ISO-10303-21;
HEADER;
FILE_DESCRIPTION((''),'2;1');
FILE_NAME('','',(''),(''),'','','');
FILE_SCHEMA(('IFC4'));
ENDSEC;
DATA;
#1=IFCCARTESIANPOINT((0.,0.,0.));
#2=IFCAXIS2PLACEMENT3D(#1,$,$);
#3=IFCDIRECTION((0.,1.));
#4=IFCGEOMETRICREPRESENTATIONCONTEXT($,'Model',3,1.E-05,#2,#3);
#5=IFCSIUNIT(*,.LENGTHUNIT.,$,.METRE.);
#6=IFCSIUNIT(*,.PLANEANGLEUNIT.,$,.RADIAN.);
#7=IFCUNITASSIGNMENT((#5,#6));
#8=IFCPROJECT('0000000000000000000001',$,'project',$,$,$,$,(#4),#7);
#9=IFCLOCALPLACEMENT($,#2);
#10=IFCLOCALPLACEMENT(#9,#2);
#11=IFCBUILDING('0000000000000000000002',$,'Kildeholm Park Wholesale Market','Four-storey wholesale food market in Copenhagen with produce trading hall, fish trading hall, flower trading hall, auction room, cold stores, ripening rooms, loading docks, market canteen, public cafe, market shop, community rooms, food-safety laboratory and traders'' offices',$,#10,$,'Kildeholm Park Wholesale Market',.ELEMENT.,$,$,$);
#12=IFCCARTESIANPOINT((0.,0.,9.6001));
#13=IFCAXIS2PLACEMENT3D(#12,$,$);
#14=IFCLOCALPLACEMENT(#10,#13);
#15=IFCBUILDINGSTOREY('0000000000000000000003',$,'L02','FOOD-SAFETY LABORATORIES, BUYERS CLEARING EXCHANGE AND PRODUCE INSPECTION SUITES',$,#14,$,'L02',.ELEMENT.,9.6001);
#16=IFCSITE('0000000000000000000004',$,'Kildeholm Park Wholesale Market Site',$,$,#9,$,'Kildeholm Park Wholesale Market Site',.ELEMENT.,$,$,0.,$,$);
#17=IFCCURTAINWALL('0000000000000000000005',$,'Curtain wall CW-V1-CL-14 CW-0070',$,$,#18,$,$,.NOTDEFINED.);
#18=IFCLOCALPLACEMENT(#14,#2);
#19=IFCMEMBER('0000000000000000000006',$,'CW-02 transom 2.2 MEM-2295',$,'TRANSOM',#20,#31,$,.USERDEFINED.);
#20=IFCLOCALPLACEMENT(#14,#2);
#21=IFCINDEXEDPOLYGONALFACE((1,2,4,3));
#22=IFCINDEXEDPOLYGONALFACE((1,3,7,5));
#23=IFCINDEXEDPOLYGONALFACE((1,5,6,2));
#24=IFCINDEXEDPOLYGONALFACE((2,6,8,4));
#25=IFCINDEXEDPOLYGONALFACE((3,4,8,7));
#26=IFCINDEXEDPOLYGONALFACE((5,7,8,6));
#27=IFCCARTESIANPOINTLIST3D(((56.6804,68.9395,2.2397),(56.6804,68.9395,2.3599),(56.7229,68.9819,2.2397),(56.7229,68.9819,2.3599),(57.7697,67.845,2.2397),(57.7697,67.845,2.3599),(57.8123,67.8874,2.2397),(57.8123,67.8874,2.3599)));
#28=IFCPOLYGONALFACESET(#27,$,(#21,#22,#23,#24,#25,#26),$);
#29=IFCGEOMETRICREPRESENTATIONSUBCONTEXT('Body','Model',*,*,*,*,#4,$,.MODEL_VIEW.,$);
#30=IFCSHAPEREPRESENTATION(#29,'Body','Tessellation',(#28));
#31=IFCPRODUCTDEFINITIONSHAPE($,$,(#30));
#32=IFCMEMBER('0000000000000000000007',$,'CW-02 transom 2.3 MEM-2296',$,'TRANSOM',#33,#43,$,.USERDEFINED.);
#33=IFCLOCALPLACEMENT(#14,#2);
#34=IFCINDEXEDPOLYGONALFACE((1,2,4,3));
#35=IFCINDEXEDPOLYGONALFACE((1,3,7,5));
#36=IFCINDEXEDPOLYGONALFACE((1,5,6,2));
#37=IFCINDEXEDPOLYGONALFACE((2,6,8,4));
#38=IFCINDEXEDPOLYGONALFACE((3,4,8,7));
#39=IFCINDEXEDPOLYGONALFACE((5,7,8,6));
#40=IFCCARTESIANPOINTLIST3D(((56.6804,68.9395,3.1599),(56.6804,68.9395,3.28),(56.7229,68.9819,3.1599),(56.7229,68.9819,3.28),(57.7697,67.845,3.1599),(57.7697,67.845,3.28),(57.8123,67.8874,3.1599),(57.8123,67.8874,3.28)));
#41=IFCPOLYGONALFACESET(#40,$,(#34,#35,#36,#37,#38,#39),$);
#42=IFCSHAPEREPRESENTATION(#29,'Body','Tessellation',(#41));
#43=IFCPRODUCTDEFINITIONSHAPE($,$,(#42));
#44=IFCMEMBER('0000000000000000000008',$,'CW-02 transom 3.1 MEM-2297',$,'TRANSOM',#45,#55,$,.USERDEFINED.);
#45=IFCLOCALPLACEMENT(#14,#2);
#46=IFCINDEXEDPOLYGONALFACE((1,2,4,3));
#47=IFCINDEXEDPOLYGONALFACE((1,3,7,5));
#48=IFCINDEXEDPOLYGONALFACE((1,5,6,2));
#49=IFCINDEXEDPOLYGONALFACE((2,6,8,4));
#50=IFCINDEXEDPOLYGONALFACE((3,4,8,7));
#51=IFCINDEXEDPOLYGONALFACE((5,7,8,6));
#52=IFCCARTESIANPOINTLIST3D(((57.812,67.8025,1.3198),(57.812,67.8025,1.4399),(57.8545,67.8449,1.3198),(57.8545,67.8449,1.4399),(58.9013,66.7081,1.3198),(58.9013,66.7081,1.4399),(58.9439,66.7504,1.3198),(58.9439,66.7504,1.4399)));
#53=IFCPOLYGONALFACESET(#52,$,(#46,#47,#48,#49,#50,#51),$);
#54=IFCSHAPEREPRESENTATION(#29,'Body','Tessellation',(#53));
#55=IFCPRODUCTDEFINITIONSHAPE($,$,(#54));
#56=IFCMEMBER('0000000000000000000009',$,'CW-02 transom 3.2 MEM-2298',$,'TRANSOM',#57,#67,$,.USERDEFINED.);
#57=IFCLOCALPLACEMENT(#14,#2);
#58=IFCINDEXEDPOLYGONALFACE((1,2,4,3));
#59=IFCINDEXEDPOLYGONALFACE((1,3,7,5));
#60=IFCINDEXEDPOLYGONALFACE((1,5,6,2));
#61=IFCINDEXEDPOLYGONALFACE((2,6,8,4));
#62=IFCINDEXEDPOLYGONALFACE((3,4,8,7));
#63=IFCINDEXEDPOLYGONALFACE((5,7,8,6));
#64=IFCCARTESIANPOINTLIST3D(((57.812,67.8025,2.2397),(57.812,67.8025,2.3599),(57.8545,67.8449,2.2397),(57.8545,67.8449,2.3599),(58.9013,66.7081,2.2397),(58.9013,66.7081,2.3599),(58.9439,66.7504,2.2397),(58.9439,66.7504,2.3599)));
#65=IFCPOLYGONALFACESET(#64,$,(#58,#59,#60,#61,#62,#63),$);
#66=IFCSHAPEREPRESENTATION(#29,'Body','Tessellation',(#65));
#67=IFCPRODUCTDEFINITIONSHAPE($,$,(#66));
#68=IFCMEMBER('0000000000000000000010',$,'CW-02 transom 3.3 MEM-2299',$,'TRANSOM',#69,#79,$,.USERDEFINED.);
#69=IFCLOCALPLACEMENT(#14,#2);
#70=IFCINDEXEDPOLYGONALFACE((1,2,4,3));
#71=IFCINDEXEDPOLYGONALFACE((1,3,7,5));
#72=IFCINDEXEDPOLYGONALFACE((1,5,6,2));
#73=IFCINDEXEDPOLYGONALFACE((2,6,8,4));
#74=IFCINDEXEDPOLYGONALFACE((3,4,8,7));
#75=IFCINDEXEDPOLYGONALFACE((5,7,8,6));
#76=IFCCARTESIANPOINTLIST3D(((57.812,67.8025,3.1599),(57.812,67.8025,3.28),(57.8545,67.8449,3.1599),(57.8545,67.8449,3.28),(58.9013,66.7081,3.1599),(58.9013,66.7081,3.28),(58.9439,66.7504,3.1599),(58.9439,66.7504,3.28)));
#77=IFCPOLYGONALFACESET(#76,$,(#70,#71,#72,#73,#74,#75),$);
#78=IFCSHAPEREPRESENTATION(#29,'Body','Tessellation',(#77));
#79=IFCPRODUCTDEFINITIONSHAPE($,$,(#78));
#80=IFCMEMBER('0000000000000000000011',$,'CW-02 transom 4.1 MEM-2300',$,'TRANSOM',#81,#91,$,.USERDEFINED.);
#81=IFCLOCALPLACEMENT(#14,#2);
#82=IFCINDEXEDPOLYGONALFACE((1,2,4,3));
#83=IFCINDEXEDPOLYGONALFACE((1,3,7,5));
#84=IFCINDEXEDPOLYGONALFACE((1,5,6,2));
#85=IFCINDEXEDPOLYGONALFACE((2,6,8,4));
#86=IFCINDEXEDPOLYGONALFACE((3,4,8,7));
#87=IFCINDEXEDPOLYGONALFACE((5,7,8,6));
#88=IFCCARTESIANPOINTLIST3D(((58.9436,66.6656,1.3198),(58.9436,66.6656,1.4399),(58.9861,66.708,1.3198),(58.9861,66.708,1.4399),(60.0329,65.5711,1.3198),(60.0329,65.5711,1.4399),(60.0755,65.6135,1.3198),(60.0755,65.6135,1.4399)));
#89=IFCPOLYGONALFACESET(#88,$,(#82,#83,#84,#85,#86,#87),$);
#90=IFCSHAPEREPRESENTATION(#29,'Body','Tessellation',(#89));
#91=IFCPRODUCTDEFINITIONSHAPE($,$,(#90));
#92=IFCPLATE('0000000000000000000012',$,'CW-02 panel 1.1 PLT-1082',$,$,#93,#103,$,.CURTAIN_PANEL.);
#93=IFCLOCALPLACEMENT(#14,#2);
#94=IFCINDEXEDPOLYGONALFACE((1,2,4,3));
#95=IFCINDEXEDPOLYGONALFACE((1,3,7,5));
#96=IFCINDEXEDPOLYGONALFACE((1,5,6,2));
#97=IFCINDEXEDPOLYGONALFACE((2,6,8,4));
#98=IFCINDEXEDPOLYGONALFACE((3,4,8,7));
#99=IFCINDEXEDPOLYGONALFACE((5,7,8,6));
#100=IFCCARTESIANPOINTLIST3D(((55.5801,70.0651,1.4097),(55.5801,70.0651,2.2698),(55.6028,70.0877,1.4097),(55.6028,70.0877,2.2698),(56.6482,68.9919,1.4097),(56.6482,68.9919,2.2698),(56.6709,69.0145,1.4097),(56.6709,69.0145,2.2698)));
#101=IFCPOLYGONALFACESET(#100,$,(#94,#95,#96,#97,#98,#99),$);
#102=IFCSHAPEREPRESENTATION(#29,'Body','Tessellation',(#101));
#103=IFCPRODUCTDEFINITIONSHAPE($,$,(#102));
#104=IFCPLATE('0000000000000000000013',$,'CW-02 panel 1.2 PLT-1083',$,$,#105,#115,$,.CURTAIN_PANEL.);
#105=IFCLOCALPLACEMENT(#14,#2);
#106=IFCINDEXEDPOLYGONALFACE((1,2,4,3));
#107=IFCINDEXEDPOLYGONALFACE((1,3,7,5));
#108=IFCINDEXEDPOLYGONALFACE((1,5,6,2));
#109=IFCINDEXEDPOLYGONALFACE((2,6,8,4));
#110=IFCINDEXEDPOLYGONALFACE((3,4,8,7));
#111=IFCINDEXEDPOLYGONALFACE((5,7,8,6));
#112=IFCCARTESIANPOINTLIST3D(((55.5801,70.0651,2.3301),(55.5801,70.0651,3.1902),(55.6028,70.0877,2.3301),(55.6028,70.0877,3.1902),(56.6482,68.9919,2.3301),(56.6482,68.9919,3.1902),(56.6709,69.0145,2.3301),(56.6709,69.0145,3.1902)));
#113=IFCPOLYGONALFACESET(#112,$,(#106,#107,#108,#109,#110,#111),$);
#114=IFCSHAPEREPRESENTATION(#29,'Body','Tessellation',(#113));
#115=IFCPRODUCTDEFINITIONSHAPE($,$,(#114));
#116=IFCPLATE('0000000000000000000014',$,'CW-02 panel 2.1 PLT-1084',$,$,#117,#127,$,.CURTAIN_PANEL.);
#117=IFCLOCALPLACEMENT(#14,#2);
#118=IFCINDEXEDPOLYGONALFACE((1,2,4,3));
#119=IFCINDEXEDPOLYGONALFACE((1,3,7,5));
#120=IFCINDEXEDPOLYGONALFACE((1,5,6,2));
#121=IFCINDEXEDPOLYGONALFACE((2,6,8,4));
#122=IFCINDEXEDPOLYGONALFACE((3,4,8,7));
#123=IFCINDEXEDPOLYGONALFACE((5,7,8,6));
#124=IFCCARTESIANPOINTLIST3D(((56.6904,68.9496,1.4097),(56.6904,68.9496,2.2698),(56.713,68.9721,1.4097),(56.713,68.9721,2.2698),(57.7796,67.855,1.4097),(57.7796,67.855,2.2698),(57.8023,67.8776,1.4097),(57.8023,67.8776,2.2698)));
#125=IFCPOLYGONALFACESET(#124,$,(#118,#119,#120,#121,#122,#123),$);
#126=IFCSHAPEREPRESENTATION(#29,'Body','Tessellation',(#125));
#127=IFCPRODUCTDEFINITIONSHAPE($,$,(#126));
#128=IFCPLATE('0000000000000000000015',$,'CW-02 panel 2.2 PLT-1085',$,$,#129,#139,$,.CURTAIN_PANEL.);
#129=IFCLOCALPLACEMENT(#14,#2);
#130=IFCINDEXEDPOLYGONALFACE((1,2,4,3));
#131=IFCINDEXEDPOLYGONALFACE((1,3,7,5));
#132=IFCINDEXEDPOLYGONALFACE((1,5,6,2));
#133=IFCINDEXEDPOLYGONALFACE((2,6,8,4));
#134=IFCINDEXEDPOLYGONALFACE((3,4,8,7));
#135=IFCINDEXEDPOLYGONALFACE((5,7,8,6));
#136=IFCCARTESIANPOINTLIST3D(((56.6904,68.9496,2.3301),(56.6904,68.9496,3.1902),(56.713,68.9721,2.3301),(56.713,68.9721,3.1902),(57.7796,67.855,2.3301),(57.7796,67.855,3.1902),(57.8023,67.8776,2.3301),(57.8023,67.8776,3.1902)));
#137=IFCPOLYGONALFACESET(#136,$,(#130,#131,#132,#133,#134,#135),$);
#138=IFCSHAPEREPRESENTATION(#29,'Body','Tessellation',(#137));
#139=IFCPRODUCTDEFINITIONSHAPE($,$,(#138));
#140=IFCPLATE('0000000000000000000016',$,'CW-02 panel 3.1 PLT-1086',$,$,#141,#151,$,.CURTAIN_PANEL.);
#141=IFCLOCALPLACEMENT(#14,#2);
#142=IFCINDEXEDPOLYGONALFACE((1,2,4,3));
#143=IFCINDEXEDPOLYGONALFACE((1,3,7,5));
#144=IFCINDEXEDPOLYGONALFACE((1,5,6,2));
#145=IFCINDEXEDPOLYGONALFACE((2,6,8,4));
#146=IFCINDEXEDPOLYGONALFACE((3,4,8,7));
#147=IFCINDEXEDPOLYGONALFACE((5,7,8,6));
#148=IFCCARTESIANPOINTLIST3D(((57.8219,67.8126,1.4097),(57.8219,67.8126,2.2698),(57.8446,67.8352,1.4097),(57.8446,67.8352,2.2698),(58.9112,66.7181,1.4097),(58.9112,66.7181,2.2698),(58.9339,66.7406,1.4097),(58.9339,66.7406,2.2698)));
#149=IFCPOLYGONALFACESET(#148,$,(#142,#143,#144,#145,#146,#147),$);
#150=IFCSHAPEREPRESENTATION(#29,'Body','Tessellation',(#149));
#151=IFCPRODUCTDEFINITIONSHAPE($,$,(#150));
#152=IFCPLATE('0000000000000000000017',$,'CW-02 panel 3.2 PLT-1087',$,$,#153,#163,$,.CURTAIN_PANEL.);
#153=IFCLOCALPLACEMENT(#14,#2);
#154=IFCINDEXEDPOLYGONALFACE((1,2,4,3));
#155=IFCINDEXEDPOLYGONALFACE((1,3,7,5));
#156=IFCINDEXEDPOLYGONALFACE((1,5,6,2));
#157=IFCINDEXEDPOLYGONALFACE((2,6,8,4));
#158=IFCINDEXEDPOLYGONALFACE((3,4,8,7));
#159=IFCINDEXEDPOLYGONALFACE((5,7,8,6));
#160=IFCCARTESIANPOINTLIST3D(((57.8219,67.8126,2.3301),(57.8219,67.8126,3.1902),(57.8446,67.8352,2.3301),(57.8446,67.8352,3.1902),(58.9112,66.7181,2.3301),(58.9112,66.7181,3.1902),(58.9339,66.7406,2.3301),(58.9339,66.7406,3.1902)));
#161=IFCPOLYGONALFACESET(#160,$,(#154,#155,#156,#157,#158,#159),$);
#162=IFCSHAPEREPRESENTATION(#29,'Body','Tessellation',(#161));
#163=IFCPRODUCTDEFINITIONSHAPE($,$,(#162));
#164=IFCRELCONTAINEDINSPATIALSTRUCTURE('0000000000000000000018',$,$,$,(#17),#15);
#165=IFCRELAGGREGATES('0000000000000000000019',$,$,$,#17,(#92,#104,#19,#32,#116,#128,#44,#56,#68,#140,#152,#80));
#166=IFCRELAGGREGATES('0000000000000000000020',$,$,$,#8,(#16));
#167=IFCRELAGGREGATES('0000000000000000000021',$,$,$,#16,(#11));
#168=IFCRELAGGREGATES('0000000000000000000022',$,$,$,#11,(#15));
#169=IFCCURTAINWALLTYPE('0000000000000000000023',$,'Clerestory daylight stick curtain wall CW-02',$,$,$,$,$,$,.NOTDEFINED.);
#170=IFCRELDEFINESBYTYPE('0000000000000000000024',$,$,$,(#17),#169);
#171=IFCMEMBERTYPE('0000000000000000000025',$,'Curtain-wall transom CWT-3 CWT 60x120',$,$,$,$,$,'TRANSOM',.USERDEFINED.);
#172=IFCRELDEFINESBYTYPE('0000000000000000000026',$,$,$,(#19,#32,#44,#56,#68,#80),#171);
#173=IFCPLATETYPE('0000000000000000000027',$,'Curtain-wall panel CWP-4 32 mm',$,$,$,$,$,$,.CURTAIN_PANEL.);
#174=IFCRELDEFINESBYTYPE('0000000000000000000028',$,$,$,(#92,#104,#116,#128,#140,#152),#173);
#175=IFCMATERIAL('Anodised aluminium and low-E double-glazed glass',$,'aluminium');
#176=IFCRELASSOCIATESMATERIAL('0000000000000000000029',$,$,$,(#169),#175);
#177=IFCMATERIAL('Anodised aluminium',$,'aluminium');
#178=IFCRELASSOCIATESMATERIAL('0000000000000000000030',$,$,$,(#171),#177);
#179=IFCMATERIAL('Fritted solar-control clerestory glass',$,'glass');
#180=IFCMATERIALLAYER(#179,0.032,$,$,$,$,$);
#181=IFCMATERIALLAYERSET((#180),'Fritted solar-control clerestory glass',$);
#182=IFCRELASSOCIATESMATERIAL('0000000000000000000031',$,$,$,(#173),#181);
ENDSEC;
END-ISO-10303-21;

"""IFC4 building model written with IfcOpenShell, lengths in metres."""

from ifc_helpers import new_model, si_unit, direction, frame, origin, origin_2d, place, context, subcontext, project, spatial, rectangle, extrude, material, layer, layer_set, material_profile, profile_set, type_object, element, aggregate, save


model = new_model("IFC4")

# Units and contexts
model_context = context("Model", 3, precision=1e-05, world=origin(), true_north=direction((0.0, 1.0)))
body_context = subcontext(model_context, "Body", "Model", "MODEL_VIEW")
ifc_project = project(units=[si_unit("LENGTHUNIT", "METRE"), si_unit("PLANEANGLEUNIT", "RADIAN")], contexts=[model_context])

# Site, building, storey
site_placement = place(None, origin())
site = spatial("IfcSite", under=ifc_project, at=site_placement, Name="Kildeholm Park Wholesale Market Site", LongName="Kildeholm Park Wholesale Market Site", CompositionType="ELEMENT", RefElevation=0.0)
building_placement = place(site_placement, origin())
building = spatial("IfcBuilding", under=site, at=building_placement, Name="Kildeholm Park Wholesale Market", Description="Four-storey wholesale food market in Copenhagen with produce trading hall, fish trading hall, flower trading hall, auction room, cold stores, ripening rooms, loading docks, market canteen, public cafe, market shop, community rooms, food-safety laboratory and traders' offices", LongName="Kildeholm Park Wholesale Market", CompositionType="ELEMENT")
storey_placement = place(building_placement, frame((0.0, 0.0, 9.6001)))
storey = spatial("IfcBuildingStorey", under=building, at=storey_placement, Name="L02", Description="FOOD-SAFETY LABORATORIES, BUYERS CLEARING EXCHANGE AND PRODUCE INSPECTION SUITES", LongName="L02", CompositionType="ELEMENT", Elevation=9.6001)

# Curtain wall, members, plates
ifc_material_1 = material(Name="Anodised aluminium and low-E double-glazed glass", Category="aluminium")
curtain_wall_type = type_object("IfcCurtainWallType", Name="Clerestory daylight stick curtain wall CW-02", PredefinedType="NOTDEFINED", material=ifc_material_1)
curtain_wall_placement = place(storey_placement, origin())
curtain_wall = element("IfcCurtainWall", 1, at=curtain_wall_placement, inside=storey, type_object=curtain_wall_type, Name="Curtain wall CW-V1-CL-14 CW-0070", PredefinedType="NOTDEFINED")
ifc_material_2 = material(Name="Anodised aluminium", Category="aluminium")
ifc_material_profile_1 = material_profile(ifc_material_2, rectangle(XDim=0.0601, YDim=0.1201, at=origin_2d()), Name="CWT 60x120")
ifc_profile_set_1 = profile_set([ifc_material_profile_1], Name="Anodised aluminium")
member_type_1 = type_object("IfcMemberType", Name="Curtain-wall transom CWT-3 CWT 60x120", ElementType="TRANSOM", PredefinedType="USERDEFINED", material=ifc_profile_set_1)
member_1_placement = place(storey_placement, frame((56.7017, 68.9607, 2.2998), z_axis=(0.705445, -0.708765, 0.0), x_axis=(0.708765, 0.705445, 0.0)))
member_1 = element("IfcMember", 2, at=member_1_placement, type_object=member_type_1, Name="CW-02 transom 2.2 MEM-2295", ObjectType="TRANSOM", PredefinedType="USERDEFINED", context=body_context, shape_type="SweptSolid", body=[
    extrude(rectangle(XDim=0.0601, YDim=0.1201, at=origin_2d()), origin(), (0.0, 0.0, 1.0), 1.5442),
])
member_2_placement = place(storey_placement, frame((56.7017, 68.9607, 3.22), z_axis=(0.705445, -0.708765, 0.0), x_axis=(0.708765, 0.705445, 0.0)))
member_2 = element("IfcMember", 3, at=member_2_placement, type_object=member_type_1, Name="CW-02 transom 2.3 MEM-2296", ObjectType="TRANSOM", PredefinedType="USERDEFINED", context=body_context, shape_type="SweptSolid", body=[
    extrude(rectangle(XDim=0.0601, YDim=0.1201, at=origin_2d()), origin(), (0.0, 0.0, 1.0), 1.5442),
])
member_3_placement = place(storey_placement, frame((57.8333, 67.8237, 1.3799), z_axis=(0.705445, -0.708765, 0.0), x_axis=(0.708765, 0.705445, 0.0)))
member_3 = element("IfcMember", 4, at=member_3_placement, type_object=member_type_1, Name="CW-02 transom 3.1 MEM-2297", ObjectType="TRANSOM", PredefinedType="USERDEFINED", context=body_context, shape_type="SweptSolid", body=[
    extrude(rectangle(XDim=0.0601, YDim=0.1201, at=origin_2d()), origin(), (0.0, 0.0, 1.0), 1.5442),
])
member_4_placement = place(storey_placement, frame((57.8333, 67.8237, 2.2998), z_axis=(0.705445, -0.708765, 0.0), x_axis=(0.708765, 0.705445, 0.0)))
member_4 = element("IfcMember", 5, at=member_4_placement, type_object=member_type_1, Name="CW-02 transom 3.2 MEM-2298", ObjectType="TRANSOM", PredefinedType="USERDEFINED", context=body_context, shape_type="SweptSolid", body=[
    extrude(rectangle(XDim=0.0601, YDim=0.1201, at=origin_2d()), origin(), (0.0, 0.0, 1.0), 1.5442),
])
member_5_placement = place(storey_placement, frame((57.8333, 67.8237, 3.22), z_axis=(0.705445, -0.708765, 0.0), x_axis=(0.708765, 0.705445, 0.0)))
member_5 = element("IfcMember", 6, at=member_5_placement, type_object=member_type_1, Name="CW-02 transom 3.3 MEM-2299", ObjectType="TRANSOM", PredefinedType="USERDEFINED", context=body_context, shape_type="SweptSolid", body=[
    extrude(rectangle(XDim=0.0601, YDim=0.1201, at=origin_2d()), origin(), (0.0, 0.0, 1.0), 1.5442),
])
member_6_placement = place(storey_placement, frame((58.9648, 66.6868, 1.3799), z_axis=(0.705445, -0.708765, 0.0), x_axis=(0.708765, 0.705445, 0.0)))
member_6 = element("IfcMember", 7, at=member_6_placement, type_object=member_type_1, Name="CW-02 transom 4.1 MEM-2300", ObjectType="TRANSOM", PredefinedType="USERDEFINED", context=body_context, shape_type="SweptSolid", body=[
    extrude(rectangle(XDim=0.0601, YDim=0.1201, at=origin_2d()), origin(), (0.0, 0.0, 1.0), 1.5442),
])
ifc_material_3 = material(Name="Fritted solar-control clerestory glass", Category="glass")
ifc_layer = layer(ifc_material_3, 0.032)
ifc_layer_set = layer_set([ifc_layer], Name="Fritted solar-control clerestory glass")
plate_type = type_object("IfcPlateType", Name="Curtain-wall panel CWP-4 32 mm", PredefinedType="CURTAIN_PANEL", material=ifc_layer_set)
plate_1_placement = place(storey_placement, frame((56.1255, 69.5398, 1.4097), z_axis=(0.0, 0.0, 1.0), x_axis=(0.705413, -0.708797, 0.0)))
plate_1 = element("IfcPlate", 8, at=plate_1_placement, type_object=plate_type, Name="CW-02 panel 1.1 PLT-1082", PredefinedType="CURTAIN_PANEL", context=body_context, shape_type="SweptSolid", body=[
    extrude(rectangle(XDim=1.5142, YDim=0.032, at=origin_2d()), origin(), (0.0, 0.0, 1.0), 0.8601),
])
plate_2_placement = place(storey_placement, frame((56.1255, 69.5398, 2.3301), z_axis=(0.0, 0.0, 1.0), x_axis=(0.705413, -0.708797, 0.0)))
plate_2 = element("IfcPlate", 9, at=plate_2_placement, type_object=plate_type, Name="CW-02 panel 1.2 PLT-1083", PredefinedType="CURTAIN_PANEL", context=body_context, shape_type="SweptSolid", body=[
    extrude(rectangle(XDim=1.5142, YDim=0.032, at=origin_2d()), origin(), (0.0, 0.0, 1.0), 0.8601),
])
plate_3_placement = place(storey_placement, frame((57.2463, 68.4136, 1.4097), z_axis=(0.0, 0.0, 1.0), x_axis=(0.705413, -0.708797, 0.0)))
plate_3 = element("IfcPlate", 10, at=plate_3_placement, type_object=plate_type, Name="CW-02 panel 2.1 PLT-1084", PredefinedType="CURTAIN_PANEL", context=body_context, shape_type="SweptSolid", body=[
    extrude(rectangle(XDim=1.5442, YDim=0.032, at=origin_2d()), origin(), (0.0, 0.0, 1.0), 0.8601),
])
plate_4_placement = place(storey_placement, frame((57.2463, 68.4136, 2.3301), z_axis=(0.0, 0.0, 1.0), x_axis=(0.705413, -0.708797, 0.0)))
plate_4 = element("IfcPlate", 11, at=plate_4_placement, type_object=plate_type, Name="CW-02 panel 2.2 PLT-1085", PredefinedType="CURTAIN_PANEL", context=body_context, shape_type="SweptSolid", body=[
    extrude(rectangle(XDim=1.5442, YDim=0.032, at=origin_2d()), origin(), (0.0, 0.0, 1.0), 0.8601),
])
plate_5_placement = place(storey_placement, frame((58.3779, 67.2766, 1.4097), z_axis=(0.0, 0.0, 1.0), x_axis=(0.705413, -0.708797, 0.0)))
plate_5 = element("IfcPlate", 12, at=plate_5_placement, type_object=plate_type, Name="CW-02 panel 3.1 PLT-1086", PredefinedType="CURTAIN_PANEL", context=body_context, shape_type="SweptSolid", body=[
    extrude(rectangle(XDim=1.5442, YDim=0.032, at=origin_2d()), origin(), (0.0, 0.0, 1.0), 0.8601),
])
plate_6_placement = place(storey_placement, frame((58.3779, 67.2766, 2.3301), z_axis=(0.0, 0.0, 1.0), x_axis=(0.705413, -0.708797, 0.0)))
plate_6 = element("IfcPlate", 13, at=plate_6_placement, type_object=plate_type, Name="CW-02 panel 3.2 PLT-1087", PredefinedType="CURTAIN_PANEL", context=body_context, shape_type="SweptSolid", body=[
    extrude(rectangle(XDim=1.5442, YDim=0.032, at=origin_2d()), origin(), (0.0, 0.0, 1.0), 0.8601),
])
aggregate(curtain_wall, [plate_1, plate_2, member_1, member_2, plate_3, plate_4, member_3, member_4, member_5, plate_5, plate_6, member_6])

save(model, "model.ifc")
